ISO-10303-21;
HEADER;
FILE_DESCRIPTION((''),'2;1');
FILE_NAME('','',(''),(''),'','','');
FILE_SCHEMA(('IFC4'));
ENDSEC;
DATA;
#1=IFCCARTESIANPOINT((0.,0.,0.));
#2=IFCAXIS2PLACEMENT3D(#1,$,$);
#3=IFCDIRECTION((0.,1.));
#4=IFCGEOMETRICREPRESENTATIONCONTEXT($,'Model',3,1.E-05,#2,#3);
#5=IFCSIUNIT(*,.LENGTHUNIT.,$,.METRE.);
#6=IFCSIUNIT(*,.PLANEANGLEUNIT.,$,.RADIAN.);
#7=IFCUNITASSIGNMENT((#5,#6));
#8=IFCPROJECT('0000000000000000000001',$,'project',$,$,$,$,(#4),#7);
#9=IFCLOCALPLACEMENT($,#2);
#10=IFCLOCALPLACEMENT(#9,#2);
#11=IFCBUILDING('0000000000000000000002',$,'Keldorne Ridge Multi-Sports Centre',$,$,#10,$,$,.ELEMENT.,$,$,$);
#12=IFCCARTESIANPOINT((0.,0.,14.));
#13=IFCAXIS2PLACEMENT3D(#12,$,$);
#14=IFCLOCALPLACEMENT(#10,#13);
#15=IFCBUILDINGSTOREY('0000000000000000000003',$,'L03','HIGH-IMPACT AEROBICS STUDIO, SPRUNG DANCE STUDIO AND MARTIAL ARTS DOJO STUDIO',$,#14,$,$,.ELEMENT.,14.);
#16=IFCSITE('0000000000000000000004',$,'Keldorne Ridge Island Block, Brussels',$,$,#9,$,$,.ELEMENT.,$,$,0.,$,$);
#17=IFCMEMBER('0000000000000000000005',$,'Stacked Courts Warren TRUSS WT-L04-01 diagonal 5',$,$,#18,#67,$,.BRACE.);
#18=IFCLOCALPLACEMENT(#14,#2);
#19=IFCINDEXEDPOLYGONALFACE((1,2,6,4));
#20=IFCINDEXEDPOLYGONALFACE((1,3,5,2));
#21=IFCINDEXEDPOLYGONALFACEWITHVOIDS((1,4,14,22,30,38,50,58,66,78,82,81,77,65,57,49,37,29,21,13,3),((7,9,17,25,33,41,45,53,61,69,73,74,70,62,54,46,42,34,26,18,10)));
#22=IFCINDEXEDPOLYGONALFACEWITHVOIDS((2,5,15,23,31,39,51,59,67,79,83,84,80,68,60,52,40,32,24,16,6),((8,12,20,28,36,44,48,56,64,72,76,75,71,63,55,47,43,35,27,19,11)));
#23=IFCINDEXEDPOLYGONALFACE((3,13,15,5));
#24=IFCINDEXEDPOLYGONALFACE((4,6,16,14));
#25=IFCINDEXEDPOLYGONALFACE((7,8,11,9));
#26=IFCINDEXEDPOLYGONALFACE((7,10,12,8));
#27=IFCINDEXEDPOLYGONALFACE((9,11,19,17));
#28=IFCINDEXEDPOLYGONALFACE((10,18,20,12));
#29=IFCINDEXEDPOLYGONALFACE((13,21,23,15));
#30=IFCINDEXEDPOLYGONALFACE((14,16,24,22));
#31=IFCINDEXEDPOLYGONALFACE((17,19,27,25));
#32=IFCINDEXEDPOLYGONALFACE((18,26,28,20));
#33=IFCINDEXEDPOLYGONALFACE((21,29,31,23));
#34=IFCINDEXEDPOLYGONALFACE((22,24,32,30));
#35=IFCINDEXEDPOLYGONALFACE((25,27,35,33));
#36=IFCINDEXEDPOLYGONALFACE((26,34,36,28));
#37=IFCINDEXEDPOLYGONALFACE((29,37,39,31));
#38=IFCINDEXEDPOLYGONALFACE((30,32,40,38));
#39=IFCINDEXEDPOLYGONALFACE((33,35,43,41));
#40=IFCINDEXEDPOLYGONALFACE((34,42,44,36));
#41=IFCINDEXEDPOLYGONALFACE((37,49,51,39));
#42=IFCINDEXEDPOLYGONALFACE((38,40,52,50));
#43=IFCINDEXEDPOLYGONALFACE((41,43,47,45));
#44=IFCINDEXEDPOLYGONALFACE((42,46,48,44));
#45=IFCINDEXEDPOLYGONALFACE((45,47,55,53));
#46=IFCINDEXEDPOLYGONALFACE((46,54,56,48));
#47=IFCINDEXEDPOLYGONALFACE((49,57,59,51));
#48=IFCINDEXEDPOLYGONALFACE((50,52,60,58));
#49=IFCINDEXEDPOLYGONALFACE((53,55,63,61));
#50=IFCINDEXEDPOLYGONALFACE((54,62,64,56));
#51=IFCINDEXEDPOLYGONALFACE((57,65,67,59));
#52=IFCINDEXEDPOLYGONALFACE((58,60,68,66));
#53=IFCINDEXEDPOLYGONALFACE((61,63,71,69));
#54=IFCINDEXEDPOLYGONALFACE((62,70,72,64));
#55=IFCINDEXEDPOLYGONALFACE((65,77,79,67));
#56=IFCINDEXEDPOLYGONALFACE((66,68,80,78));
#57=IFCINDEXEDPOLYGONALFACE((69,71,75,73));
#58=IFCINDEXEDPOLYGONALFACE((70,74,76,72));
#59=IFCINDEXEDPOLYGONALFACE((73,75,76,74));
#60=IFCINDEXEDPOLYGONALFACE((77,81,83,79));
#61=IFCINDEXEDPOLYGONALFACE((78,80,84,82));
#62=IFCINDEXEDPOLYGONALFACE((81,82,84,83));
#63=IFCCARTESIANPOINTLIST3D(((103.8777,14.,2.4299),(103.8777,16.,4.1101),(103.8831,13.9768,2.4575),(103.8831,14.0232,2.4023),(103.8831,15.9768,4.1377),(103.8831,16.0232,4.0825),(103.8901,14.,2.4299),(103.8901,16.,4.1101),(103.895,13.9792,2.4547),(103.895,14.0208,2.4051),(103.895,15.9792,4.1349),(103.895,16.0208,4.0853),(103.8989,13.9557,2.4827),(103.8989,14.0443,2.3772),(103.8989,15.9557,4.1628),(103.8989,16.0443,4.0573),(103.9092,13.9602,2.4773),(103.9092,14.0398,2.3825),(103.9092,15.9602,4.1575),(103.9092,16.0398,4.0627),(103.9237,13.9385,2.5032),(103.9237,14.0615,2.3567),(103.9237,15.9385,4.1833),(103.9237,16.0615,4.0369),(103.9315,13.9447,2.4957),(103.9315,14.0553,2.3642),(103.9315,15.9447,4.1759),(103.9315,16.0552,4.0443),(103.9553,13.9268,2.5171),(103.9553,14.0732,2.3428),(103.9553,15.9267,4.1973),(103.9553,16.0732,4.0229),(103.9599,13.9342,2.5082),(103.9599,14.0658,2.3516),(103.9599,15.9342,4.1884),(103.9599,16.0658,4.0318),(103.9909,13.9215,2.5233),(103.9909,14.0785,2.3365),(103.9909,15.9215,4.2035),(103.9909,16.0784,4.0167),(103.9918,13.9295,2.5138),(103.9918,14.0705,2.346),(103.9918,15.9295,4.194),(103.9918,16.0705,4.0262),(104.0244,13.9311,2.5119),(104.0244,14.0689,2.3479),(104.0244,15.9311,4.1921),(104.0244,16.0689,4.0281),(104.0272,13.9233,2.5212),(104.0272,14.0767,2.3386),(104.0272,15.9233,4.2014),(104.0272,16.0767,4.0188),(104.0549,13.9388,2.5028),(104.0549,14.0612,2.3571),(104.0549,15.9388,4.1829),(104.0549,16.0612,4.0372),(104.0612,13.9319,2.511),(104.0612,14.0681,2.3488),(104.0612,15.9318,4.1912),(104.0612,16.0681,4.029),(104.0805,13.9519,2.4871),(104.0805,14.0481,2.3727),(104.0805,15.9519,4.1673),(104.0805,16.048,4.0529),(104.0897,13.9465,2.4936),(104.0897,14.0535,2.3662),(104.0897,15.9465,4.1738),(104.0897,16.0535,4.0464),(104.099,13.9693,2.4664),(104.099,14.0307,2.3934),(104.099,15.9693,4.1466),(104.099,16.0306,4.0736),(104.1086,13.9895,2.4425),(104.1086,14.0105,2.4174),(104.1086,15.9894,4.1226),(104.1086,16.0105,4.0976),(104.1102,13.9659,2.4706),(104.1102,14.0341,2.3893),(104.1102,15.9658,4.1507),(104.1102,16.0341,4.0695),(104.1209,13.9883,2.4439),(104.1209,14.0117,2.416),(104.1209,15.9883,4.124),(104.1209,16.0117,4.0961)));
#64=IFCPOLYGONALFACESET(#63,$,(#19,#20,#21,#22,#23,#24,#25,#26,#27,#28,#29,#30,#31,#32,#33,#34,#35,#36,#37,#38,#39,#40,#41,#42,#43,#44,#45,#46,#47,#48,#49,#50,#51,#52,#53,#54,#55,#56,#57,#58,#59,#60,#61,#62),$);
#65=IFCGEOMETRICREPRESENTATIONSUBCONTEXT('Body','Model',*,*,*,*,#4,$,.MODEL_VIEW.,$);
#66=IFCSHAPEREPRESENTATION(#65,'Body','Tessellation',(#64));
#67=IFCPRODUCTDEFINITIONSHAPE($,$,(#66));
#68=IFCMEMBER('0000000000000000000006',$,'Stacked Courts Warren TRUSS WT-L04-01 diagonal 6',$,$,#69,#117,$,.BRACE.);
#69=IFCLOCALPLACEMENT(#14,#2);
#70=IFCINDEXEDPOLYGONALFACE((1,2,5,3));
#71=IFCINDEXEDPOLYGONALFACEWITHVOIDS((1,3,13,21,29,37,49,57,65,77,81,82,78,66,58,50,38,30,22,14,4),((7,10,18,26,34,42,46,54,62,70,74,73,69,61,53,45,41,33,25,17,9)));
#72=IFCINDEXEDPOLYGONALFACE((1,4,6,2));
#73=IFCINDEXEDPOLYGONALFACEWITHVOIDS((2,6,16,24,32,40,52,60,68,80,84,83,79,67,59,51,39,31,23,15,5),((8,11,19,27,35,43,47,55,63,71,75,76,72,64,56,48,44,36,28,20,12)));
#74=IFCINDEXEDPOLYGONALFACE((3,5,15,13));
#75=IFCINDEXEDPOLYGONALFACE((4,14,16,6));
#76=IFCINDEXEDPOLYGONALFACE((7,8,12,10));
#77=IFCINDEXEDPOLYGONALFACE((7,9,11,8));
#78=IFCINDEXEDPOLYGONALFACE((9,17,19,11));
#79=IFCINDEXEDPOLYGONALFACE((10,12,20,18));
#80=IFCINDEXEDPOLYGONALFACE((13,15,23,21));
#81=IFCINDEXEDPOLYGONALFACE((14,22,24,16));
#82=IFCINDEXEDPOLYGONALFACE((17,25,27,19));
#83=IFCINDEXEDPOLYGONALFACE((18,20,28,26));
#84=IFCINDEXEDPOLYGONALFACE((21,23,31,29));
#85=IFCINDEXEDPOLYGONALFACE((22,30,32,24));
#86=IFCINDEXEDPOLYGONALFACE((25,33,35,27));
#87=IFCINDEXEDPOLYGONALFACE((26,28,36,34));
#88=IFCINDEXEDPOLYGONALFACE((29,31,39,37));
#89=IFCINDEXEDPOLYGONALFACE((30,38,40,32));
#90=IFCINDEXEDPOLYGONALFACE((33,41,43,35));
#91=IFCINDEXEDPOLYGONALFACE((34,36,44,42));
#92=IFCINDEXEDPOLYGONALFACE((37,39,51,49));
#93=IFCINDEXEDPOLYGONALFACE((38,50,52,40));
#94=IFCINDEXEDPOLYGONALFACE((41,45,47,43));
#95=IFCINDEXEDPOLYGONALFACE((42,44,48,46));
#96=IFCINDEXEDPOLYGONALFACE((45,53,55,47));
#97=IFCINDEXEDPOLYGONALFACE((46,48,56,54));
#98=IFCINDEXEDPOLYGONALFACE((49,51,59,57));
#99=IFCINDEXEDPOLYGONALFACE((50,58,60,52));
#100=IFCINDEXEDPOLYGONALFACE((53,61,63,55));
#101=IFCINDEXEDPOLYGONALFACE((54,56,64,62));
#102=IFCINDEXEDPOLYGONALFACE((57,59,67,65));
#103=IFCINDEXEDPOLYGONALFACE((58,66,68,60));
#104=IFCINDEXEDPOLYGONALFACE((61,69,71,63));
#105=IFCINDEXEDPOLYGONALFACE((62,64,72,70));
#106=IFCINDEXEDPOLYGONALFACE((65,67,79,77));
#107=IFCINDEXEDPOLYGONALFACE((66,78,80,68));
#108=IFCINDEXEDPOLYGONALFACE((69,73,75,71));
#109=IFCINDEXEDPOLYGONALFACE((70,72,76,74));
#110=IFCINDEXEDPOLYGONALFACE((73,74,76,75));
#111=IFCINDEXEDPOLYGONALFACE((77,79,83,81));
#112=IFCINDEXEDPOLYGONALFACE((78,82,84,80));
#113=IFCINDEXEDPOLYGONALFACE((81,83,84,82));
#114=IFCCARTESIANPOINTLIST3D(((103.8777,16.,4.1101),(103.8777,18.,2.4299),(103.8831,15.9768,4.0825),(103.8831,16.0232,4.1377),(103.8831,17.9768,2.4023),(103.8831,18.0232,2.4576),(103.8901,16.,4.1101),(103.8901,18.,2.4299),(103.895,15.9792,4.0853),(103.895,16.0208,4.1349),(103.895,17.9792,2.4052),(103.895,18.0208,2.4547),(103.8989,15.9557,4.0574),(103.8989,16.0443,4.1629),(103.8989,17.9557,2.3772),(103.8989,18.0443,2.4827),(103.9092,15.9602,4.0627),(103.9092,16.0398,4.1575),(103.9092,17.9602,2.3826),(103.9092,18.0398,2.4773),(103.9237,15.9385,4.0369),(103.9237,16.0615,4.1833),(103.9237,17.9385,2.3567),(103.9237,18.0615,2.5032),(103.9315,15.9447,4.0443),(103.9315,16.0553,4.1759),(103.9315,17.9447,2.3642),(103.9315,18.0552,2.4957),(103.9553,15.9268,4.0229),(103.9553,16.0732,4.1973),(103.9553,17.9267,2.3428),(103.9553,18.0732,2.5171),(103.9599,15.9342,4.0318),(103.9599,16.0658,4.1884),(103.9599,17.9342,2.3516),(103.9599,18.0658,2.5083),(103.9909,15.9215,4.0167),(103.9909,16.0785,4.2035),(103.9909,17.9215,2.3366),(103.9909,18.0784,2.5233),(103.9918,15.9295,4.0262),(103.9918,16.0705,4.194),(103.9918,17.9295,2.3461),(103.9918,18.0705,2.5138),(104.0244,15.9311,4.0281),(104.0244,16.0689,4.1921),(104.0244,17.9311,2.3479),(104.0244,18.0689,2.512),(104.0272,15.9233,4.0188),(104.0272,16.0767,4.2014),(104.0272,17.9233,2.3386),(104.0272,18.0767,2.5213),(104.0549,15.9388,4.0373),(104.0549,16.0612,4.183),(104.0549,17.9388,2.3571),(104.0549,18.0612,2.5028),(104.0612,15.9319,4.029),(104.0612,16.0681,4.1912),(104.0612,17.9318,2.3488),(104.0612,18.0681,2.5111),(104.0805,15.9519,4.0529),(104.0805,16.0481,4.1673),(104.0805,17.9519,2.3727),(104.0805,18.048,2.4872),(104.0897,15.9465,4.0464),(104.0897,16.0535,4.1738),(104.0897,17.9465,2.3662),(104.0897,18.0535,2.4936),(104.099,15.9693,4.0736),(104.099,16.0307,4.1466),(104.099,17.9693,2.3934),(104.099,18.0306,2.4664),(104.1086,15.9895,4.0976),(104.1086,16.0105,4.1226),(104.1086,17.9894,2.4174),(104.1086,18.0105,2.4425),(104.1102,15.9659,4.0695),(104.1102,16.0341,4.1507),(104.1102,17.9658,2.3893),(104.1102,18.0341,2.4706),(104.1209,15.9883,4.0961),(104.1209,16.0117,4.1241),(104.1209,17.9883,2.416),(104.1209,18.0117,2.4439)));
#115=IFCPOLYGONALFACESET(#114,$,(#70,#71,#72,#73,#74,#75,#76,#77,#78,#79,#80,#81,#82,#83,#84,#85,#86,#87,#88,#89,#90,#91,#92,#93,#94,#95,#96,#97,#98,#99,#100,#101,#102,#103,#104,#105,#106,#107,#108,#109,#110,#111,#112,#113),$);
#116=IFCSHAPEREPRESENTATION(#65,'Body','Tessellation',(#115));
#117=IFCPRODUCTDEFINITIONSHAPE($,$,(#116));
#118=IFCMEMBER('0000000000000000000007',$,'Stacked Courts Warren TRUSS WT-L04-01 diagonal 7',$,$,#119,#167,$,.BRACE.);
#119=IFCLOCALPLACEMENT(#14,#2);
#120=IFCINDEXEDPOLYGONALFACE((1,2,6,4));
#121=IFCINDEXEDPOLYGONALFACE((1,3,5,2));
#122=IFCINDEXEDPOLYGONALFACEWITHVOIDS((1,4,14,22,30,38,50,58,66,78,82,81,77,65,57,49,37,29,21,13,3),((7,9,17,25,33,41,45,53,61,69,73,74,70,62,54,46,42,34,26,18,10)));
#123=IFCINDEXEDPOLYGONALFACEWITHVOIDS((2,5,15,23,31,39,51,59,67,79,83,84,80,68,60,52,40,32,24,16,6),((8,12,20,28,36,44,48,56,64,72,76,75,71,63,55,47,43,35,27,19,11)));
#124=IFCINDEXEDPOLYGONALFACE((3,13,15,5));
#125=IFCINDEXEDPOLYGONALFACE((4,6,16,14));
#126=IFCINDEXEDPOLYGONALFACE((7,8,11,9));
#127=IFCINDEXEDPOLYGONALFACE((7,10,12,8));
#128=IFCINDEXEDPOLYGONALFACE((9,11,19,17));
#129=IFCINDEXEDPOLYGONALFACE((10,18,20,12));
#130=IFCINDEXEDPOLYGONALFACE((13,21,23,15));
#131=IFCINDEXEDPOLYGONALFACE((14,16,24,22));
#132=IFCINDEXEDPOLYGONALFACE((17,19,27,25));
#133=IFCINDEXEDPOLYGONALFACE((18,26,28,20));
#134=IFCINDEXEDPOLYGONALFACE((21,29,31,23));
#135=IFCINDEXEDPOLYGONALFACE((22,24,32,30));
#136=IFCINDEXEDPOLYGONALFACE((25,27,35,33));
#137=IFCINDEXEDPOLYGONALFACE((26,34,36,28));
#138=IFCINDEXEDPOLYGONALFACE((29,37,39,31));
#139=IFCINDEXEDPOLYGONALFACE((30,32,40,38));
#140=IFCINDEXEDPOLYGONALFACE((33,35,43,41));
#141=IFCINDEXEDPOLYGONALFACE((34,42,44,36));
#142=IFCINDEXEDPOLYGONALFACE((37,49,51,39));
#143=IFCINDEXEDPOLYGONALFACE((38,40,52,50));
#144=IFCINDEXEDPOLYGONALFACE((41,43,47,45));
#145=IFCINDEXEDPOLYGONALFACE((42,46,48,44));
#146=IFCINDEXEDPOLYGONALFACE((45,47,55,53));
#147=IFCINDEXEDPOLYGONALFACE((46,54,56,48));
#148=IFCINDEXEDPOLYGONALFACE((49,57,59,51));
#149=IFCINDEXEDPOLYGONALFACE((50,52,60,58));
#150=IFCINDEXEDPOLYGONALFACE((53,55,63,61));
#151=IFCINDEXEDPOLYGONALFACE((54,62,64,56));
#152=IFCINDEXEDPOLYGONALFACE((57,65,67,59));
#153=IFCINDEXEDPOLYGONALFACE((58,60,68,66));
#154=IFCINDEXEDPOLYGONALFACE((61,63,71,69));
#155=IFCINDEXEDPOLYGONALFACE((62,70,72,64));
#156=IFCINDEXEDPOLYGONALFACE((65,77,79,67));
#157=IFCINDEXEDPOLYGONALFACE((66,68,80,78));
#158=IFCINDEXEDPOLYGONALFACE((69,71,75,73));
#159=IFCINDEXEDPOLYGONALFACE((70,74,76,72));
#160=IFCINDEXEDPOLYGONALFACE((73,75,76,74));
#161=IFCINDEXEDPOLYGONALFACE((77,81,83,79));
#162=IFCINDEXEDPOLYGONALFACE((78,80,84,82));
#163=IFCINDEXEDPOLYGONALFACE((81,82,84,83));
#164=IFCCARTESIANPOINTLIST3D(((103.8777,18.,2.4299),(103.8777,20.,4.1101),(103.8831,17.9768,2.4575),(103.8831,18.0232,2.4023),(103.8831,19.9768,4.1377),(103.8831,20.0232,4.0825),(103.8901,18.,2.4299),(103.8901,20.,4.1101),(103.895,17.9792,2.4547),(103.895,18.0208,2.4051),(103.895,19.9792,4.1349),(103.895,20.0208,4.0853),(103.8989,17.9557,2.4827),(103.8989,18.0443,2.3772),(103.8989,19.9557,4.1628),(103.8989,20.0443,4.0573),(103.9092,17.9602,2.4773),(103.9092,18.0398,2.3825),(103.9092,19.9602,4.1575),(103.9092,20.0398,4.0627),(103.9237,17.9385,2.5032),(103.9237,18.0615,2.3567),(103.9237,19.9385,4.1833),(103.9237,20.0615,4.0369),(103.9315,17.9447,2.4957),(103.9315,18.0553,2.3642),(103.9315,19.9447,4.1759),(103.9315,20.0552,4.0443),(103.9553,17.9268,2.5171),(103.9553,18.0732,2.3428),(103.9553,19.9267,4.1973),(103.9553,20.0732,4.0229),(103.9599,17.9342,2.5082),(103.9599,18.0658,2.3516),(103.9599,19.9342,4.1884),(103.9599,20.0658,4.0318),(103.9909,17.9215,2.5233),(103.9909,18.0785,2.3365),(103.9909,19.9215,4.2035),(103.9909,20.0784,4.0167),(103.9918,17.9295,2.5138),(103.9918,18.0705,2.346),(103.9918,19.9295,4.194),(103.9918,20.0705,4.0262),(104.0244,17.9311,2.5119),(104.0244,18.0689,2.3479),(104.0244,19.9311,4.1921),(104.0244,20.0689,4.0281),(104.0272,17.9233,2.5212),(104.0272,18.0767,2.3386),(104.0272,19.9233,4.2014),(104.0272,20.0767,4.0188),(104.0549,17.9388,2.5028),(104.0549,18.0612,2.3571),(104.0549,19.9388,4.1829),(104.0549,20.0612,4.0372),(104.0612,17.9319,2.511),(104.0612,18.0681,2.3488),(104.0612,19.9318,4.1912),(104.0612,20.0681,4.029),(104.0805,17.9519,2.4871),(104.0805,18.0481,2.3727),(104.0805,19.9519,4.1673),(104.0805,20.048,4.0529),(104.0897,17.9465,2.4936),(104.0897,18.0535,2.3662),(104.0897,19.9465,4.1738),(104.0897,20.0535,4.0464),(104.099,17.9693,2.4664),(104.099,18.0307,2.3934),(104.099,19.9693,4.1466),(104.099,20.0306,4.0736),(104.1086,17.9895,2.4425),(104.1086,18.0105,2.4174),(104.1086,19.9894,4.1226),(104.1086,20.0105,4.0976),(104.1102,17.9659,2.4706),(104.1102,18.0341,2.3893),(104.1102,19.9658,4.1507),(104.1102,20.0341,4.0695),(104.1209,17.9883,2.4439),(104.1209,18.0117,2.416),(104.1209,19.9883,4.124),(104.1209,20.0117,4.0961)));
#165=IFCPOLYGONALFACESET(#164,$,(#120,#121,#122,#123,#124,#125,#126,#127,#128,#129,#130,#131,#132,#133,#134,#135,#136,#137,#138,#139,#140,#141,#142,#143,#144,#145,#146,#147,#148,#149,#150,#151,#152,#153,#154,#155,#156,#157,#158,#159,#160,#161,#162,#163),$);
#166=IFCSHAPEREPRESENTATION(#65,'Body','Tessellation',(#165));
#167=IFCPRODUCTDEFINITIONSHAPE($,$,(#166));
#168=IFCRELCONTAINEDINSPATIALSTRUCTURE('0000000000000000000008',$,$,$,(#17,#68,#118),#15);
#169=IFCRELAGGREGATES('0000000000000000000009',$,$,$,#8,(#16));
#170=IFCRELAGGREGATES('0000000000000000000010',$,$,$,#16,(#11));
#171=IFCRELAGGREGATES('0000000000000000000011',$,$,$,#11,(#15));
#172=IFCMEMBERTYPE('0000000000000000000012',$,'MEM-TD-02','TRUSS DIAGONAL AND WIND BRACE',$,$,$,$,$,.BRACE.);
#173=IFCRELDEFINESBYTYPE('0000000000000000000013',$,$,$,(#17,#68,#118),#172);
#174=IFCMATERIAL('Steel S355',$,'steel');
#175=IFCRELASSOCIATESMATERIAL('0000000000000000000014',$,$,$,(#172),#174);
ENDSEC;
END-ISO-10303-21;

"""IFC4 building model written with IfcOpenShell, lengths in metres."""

from ifc_helpers import new_model, si_unit, direction, frame, origin, origin_2d, place, context, subcontext, project, spatial, hollow_circle, extrude, material, material_profile, profile_set, type_object, element, save


model = new_model("IFC4")

# Units and contexts
model_context = context("Model", 3, precision=1e-05, world=origin(), true_north=direction((0.0, 1.0)))
body_context = subcontext(model_context, "Body", "Model", "MODEL_VIEW")
ifc_project = project(units=[si_unit("LENGTHUNIT", "METRE"), si_unit("PLANEANGLEUNIT", "RADIAN")], contexts=[model_context])

# Site, building, storey
site_placement = place(None, origin())
site = spatial("IfcSite", under=ifc_project, at=site_placement, Name="Keldorne Ridge Island Block, Brussels", CompositionType="ELEMENT", RefElevation=0.0)
building_placement = place(site_placement, origin())
building = spatial("IfcBuilding", under=site, at=building_placement, Name="Keldorne Ridge Multi-Sports Centre", CompositionType="ELEMENT")
storey_placement = place(building_placement, frame((0.0, 0.0, 14.0)))
storey = spatial("IfcBuildingStorey", under=building, at=storey_placement, Name="L03", Description="HIGH-IMPACT AEROBICS STUDIO, SPRUNG DANCE STUDIO AND MARTIAL ARTS DOJO STUDIO", CompositionType="ELEMENT", Elevation=14.0)

# Shared definitions
ifc_material = material(Name="Steel S355", Category="steel")

# Members
ifc_material_profile_1 = material_profile(ifc_material, hollow_circle(Radius=0.1223, WallThickness=0.0125, at=origin_2d()), Name="CHS 244.5x12.5")
ifc_profile_set_1 = profile_set([ifc_material_profile_1], Name="Steel S355")
member_type_1 = type_object("IfcMemberType", Name="MEM-TD-02", Description="TRUSS DIAGONAL AND WIND BRACE", PredefinedType="BRACE", material=ifc_profile_set_1)
for number, where, z_axis, x_axis, name in (
    (1, (104.0, 14.0, 2.4299), (0.0, 0.765672, 0.643232), (-1.0, 0.0, 0.0), "Stacked Courts Warren TRUSS WT-L04-01 diagonal 5"),
    (2, (104.0, 16.0, 4.1101), (0.0, 0.765672, -0.643232), (-1.0, 0.0, 0.0), "Stacked Courts Warren TRUSS WT-L04-01 diagonal 6"),
    (3, (104.0, 18.0, 2.4299), (0.0, 0.765672, 0.643232), (-1.0, 0.0, 0.0), "Stacked Courts Warren TRUSS WT-L04-01 diagonal 7"),
):
    element("IfcMember", number, at=place(storey_placement, frame(where, z_axis=z_axis, x_axis=x_axis)), inside=storey, type_object=member_type_1, Name=name, PredefinedType="BRACE", context=body_context, shape_type="SweptSolid", body=[
        extrude(hollow_circle(Radius=0.1223, WallThickness=0.0125, at=origin_2d()), origin(), (0.0, 0.0, 1.0), 2.6121),
    ])

save(model, "model.ifc")
